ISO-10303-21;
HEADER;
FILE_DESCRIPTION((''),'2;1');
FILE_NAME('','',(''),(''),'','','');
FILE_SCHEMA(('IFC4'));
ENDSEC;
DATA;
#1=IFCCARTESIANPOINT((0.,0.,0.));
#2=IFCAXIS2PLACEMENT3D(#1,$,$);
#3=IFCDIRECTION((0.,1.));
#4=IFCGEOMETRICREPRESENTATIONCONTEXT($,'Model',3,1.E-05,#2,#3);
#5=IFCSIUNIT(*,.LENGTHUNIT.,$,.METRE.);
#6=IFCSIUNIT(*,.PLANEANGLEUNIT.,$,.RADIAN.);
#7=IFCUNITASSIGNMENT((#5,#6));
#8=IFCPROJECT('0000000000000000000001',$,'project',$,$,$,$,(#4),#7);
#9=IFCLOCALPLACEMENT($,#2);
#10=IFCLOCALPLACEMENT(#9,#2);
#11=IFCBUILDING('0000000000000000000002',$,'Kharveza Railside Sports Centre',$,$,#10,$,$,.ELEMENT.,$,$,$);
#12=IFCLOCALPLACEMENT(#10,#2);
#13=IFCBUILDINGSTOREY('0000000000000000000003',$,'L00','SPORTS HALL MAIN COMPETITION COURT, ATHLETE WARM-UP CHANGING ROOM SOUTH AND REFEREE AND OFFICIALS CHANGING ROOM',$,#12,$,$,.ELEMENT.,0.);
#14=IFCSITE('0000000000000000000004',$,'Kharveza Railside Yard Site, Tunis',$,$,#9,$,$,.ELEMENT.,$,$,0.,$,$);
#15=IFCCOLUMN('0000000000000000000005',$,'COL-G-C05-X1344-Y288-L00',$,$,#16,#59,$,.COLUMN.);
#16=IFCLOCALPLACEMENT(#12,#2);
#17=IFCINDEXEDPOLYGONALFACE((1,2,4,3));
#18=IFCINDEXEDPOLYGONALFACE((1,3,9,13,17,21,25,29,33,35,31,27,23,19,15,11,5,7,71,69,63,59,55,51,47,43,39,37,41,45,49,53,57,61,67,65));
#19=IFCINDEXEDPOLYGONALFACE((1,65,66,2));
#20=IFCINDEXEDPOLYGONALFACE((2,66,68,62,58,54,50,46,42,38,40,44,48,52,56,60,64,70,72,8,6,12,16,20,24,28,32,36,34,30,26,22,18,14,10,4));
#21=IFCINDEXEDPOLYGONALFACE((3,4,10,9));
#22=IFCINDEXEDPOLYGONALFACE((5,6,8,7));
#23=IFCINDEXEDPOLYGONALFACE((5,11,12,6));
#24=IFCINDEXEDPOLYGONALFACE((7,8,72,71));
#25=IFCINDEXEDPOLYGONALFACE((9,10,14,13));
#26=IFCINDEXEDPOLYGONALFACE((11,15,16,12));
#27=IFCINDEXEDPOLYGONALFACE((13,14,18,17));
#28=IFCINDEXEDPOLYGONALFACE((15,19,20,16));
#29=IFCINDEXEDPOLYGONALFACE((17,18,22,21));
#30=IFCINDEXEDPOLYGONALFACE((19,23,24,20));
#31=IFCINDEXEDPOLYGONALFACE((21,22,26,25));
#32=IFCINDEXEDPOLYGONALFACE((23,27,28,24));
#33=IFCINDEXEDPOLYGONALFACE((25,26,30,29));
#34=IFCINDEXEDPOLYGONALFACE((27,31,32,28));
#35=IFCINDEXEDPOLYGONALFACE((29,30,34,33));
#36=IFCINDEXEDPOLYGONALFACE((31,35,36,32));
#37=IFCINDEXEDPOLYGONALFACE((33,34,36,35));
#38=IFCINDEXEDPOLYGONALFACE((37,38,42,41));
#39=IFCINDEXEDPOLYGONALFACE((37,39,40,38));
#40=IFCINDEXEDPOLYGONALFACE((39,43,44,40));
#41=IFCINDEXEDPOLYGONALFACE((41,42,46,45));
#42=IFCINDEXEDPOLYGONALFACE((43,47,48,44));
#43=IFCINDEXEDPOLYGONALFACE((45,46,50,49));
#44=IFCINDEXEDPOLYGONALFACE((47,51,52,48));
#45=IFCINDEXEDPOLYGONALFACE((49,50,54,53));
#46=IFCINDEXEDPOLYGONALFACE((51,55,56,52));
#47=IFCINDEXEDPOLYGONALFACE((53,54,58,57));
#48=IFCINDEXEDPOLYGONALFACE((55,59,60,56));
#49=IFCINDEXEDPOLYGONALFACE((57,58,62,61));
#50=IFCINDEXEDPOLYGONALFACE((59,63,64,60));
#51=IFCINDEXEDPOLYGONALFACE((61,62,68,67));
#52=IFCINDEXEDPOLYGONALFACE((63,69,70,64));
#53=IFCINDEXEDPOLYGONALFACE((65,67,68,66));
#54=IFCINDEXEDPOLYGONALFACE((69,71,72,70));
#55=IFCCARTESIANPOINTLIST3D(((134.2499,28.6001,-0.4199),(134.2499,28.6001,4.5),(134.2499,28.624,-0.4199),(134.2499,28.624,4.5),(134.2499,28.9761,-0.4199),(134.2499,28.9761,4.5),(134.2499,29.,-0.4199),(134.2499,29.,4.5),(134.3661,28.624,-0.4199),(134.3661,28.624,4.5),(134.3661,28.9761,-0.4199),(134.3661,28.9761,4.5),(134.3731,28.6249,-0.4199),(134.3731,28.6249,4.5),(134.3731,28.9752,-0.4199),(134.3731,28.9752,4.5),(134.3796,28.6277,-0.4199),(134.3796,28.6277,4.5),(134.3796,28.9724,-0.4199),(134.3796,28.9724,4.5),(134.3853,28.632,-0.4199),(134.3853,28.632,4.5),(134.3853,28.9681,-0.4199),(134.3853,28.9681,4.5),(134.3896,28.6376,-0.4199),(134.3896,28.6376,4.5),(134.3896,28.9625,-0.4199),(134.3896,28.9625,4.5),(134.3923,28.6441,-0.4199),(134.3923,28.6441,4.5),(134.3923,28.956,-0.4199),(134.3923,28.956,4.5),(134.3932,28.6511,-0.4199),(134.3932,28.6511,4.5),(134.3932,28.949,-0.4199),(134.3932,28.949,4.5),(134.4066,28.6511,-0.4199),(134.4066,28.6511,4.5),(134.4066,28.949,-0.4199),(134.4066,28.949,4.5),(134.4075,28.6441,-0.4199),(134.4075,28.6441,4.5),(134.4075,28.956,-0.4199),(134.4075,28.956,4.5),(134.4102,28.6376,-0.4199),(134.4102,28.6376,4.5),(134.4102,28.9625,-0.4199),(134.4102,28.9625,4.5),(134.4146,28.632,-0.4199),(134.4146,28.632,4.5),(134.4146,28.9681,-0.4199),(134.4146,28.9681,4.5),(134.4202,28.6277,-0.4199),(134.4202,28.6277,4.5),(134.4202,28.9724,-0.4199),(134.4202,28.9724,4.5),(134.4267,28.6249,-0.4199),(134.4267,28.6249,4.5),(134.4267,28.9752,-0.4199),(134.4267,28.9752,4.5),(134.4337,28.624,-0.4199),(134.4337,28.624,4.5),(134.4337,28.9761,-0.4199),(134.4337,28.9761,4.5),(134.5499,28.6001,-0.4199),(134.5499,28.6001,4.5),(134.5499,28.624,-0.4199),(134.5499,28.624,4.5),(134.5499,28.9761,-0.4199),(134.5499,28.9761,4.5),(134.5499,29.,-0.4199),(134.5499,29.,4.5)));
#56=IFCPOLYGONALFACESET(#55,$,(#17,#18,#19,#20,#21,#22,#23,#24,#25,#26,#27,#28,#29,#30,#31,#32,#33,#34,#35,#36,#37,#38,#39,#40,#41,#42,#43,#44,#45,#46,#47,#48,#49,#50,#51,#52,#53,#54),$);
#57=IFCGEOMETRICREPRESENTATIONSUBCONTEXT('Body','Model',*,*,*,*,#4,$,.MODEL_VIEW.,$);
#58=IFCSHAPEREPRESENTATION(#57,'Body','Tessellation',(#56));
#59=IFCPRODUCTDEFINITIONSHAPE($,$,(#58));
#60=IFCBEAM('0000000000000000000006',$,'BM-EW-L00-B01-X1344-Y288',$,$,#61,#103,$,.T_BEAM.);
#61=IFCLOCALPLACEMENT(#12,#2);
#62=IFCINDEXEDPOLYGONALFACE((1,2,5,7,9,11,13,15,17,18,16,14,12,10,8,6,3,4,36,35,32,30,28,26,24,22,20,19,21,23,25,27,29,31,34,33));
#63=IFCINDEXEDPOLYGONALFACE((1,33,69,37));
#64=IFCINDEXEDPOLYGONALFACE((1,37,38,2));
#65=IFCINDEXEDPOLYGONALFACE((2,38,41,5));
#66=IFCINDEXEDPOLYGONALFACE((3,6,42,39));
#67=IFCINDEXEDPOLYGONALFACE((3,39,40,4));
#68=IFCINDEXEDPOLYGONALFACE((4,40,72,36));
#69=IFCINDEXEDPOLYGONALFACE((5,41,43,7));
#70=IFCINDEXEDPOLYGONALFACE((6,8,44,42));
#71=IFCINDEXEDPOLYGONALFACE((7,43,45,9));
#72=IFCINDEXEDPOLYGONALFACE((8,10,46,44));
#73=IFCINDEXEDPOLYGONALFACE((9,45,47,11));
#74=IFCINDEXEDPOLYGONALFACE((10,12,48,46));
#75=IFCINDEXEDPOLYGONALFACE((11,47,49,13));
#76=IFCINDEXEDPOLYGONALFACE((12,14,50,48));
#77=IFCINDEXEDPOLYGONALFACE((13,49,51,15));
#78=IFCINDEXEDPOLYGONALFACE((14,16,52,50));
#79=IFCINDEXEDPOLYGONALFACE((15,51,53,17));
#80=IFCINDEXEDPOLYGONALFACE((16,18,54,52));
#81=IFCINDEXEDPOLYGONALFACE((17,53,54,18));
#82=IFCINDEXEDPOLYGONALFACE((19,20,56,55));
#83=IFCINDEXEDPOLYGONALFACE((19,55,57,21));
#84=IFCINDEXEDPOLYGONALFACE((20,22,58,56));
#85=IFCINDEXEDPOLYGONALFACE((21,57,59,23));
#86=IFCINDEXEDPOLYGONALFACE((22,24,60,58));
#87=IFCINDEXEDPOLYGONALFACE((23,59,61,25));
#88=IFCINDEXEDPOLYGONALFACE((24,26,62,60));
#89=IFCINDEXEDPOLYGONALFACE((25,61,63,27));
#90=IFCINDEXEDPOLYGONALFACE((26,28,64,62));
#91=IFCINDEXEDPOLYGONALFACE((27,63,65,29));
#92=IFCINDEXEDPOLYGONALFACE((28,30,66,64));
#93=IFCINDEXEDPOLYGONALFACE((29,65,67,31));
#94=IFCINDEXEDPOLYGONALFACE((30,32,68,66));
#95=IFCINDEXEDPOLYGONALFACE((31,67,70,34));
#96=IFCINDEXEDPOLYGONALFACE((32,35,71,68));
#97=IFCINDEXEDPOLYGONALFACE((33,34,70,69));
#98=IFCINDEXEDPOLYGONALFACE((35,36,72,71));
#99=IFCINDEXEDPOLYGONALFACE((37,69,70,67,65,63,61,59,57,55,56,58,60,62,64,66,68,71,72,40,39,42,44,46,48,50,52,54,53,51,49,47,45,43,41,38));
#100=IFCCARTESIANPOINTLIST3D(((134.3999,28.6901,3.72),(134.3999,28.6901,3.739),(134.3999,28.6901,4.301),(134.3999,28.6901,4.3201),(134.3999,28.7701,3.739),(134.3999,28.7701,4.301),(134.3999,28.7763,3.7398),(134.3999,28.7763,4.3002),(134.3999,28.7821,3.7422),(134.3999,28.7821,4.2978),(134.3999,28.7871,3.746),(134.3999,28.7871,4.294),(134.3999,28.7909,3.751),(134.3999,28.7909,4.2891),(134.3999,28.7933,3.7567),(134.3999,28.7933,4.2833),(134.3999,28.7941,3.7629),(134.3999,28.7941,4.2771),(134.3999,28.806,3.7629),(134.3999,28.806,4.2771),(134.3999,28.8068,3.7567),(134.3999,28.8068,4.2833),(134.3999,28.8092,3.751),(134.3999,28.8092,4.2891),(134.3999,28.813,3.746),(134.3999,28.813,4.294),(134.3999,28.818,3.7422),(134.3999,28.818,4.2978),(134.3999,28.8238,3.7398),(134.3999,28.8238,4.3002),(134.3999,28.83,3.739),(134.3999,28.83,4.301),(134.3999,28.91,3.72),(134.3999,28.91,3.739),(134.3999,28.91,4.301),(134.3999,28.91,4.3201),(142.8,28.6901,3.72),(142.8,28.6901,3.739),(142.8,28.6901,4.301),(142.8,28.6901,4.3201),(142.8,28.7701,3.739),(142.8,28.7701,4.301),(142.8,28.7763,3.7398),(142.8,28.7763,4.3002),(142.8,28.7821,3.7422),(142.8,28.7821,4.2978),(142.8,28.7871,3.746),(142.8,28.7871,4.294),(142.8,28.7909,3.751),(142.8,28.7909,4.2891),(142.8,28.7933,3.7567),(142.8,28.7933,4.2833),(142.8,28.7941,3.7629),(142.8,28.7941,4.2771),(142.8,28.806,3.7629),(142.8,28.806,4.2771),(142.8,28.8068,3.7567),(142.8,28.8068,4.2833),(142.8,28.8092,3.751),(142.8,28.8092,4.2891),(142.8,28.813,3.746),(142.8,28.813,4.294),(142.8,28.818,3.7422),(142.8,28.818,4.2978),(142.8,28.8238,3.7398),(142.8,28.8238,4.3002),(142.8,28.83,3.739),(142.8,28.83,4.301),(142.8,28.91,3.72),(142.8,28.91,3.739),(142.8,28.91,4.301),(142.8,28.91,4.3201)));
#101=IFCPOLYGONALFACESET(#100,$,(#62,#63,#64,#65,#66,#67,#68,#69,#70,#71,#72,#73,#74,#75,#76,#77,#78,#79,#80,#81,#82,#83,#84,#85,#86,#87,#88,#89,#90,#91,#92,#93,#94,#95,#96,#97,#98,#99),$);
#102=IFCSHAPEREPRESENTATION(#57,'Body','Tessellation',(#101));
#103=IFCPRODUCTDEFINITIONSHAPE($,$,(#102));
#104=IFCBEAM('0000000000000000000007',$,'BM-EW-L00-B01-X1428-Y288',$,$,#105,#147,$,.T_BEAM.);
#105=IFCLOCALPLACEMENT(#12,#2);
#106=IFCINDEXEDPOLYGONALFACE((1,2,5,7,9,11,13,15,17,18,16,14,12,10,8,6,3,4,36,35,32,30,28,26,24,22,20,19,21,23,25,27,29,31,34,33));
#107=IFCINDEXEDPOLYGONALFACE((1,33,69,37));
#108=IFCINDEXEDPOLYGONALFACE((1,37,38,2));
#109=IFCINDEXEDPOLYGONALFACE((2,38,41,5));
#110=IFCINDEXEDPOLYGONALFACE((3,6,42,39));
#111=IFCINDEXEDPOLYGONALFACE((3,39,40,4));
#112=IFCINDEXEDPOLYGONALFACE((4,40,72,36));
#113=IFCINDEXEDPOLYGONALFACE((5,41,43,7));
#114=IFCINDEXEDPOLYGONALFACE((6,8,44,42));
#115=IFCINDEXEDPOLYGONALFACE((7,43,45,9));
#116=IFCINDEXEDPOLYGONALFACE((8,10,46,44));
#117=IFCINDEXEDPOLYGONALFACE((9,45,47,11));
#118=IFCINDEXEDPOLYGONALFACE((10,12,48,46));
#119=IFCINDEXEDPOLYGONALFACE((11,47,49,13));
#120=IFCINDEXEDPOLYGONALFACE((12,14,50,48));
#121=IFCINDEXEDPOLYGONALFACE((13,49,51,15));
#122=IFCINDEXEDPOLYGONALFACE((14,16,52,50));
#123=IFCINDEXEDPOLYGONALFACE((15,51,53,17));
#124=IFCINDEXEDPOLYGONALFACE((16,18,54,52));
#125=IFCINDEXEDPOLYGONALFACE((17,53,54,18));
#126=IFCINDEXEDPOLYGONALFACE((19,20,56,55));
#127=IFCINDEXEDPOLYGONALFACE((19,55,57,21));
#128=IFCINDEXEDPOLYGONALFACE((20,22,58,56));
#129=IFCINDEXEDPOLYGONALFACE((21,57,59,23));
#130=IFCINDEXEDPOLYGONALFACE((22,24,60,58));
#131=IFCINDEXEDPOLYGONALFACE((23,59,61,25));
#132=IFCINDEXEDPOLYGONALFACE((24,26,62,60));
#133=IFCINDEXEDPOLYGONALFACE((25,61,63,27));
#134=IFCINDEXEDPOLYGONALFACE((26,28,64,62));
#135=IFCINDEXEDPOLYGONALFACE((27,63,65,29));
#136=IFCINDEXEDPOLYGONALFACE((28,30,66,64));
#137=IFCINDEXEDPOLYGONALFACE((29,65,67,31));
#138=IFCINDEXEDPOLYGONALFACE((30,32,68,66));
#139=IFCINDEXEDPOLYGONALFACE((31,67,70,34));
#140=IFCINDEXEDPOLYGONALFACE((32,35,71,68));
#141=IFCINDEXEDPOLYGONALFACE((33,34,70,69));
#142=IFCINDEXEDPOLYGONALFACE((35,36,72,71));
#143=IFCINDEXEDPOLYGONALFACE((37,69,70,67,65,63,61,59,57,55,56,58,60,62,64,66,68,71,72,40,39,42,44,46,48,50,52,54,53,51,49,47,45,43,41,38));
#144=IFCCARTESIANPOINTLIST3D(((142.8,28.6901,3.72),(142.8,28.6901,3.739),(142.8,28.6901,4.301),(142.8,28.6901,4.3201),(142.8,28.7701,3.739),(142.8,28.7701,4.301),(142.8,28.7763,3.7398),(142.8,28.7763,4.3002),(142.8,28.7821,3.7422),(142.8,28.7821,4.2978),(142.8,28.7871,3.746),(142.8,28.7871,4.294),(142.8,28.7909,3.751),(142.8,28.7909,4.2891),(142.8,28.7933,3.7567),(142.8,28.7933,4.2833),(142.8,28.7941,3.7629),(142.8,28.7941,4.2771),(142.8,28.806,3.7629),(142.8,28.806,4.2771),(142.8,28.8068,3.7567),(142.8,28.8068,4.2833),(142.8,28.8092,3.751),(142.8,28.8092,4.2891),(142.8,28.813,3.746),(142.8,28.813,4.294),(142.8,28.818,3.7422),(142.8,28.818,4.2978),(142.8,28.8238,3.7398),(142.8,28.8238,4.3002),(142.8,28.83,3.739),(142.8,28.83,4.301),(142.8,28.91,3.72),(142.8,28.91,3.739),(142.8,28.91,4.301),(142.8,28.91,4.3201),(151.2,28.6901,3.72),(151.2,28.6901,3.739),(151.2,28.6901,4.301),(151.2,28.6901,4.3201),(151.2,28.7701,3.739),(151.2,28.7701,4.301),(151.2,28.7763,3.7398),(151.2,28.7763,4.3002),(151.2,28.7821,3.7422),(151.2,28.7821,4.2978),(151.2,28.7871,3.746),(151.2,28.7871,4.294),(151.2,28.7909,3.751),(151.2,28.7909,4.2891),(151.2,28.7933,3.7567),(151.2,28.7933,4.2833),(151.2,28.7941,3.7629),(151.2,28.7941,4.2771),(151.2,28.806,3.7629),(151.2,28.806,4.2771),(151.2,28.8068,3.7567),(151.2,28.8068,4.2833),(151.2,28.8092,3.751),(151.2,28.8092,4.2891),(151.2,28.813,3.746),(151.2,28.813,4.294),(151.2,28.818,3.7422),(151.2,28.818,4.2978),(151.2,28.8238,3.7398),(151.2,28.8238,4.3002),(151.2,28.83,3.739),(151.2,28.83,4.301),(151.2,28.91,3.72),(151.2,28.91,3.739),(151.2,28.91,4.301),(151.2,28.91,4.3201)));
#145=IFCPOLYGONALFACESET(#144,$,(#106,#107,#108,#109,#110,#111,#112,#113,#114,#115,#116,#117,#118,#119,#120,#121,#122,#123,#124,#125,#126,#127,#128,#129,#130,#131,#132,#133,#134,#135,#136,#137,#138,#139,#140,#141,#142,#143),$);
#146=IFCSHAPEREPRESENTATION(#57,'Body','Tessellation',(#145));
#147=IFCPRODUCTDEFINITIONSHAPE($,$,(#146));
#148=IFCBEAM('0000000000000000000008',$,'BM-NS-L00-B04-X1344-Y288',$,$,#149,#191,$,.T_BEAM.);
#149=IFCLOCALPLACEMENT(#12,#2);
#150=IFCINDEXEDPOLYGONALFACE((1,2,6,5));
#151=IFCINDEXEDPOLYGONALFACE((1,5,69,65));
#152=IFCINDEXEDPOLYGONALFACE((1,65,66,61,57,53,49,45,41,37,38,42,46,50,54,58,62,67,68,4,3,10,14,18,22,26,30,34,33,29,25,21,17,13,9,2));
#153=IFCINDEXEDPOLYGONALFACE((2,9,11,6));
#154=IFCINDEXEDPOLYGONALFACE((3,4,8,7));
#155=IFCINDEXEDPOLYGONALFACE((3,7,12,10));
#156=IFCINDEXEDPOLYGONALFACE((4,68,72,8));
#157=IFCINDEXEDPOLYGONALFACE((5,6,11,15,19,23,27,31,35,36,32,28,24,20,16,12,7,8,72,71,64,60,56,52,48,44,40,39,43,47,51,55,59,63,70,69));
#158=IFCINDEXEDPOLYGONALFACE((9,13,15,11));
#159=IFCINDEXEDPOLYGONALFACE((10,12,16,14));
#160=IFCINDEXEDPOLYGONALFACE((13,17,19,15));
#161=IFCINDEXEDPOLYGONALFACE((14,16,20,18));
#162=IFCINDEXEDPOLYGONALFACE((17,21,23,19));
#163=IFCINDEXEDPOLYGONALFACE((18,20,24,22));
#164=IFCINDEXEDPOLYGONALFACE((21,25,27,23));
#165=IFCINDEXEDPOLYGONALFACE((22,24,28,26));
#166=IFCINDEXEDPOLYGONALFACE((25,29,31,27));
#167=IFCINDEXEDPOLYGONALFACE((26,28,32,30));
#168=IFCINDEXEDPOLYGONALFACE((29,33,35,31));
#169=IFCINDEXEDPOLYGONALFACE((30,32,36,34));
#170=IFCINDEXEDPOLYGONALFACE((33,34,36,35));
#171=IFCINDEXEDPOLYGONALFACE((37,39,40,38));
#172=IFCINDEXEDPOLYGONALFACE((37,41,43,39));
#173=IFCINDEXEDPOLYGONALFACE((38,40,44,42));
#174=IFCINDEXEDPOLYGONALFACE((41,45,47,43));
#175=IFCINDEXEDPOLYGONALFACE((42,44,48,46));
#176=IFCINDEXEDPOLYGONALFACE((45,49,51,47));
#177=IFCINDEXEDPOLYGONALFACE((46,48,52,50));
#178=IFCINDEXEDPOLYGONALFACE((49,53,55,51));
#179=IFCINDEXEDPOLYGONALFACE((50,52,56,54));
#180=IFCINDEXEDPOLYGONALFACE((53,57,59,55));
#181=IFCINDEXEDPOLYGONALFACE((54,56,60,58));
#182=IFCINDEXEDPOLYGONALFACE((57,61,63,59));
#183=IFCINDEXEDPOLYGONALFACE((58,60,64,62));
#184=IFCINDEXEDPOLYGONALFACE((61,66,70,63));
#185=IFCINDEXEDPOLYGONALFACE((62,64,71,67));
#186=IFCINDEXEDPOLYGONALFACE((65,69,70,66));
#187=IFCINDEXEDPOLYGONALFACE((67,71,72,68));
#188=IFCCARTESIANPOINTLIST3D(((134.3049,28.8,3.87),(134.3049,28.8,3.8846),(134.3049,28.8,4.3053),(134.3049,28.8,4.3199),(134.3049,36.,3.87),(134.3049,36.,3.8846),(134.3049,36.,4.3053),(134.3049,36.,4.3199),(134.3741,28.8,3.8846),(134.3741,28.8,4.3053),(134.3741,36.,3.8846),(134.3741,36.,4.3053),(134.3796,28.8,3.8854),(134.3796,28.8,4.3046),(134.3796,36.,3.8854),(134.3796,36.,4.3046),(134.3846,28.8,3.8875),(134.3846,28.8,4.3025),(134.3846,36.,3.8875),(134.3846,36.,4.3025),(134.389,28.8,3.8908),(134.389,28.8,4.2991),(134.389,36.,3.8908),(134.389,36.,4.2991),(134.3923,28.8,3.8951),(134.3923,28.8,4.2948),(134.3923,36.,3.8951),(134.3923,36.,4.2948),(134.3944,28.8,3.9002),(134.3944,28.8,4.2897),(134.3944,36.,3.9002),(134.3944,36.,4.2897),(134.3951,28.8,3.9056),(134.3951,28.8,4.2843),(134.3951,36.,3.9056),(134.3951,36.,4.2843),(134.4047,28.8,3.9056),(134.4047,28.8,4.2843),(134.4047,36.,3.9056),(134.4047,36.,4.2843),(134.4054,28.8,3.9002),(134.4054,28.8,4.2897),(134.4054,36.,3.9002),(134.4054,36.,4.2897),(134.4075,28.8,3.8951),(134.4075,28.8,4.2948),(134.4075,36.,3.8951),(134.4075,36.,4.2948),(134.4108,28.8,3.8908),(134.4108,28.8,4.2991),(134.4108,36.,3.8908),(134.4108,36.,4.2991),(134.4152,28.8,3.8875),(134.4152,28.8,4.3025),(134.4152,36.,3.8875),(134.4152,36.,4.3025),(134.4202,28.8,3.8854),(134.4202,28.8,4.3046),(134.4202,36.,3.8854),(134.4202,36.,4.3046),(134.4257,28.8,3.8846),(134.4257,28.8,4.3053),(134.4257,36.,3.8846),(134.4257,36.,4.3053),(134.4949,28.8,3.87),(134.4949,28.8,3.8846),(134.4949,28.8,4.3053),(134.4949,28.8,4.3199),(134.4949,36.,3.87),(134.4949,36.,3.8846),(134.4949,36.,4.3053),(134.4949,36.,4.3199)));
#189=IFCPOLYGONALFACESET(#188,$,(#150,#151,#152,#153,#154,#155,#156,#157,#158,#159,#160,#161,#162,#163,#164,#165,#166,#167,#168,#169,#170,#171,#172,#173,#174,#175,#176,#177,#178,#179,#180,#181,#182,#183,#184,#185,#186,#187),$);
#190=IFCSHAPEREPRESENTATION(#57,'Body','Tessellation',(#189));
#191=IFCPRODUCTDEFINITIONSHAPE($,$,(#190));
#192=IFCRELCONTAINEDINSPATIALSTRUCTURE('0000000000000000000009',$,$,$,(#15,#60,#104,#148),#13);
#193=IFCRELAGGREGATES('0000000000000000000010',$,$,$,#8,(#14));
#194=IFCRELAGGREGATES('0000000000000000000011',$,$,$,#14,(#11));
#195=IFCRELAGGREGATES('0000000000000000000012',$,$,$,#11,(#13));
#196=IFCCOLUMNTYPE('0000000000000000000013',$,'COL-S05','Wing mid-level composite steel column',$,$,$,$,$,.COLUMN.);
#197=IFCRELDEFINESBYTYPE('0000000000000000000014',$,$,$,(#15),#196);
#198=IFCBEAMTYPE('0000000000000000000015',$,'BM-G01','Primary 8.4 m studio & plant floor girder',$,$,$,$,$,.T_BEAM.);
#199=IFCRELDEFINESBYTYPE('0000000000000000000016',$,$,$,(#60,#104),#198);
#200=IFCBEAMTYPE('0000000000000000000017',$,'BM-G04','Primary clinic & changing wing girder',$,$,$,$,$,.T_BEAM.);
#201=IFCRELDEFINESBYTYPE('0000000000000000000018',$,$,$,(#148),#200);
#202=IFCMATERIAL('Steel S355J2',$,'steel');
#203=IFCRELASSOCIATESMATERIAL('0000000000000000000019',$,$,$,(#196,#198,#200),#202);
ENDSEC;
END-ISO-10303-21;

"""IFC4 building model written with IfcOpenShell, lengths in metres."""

from ifc_helpers import new_model, si_unit, direction, frame, origin, origin_2d, place, context, subcontext, project, spatial, i_section, extrude, material, material_profile, profile_set, type_object, element, save


model = new_model("IFC4")

# Units and contexts
model_context = context("Model", 3, precision=1e-05, world=origin(), true_north=direction((0.0, 1.0)))
body_context = subcontext(model_context, "Body", "Model", "MODEL_VIEW")
ifc_project = project(units=[si_unit("LENGTHUNIT", "METRE"), si_unit("PLANEANGLEUNIT", "RADIAN")], contexts=[model_context])

# Site, building, storey
site_placement = place(None, origin())
site = spatial("IfcSite", under=ifc_project, at=site_placement, Name="Kharveza Railside Yard Site, Tunis", CompositionType="ELEMENT", RefElevation=0.0)
building_placement = place(site_placement, origin())
building = spatial("IfcBuilding", under=site, at=building_placement, Name="Kharveza Railside Sports Centre", CompositionType="ELEMENT")
storey_placement = place(building_placement, origin())
storey = spatial("IfcBuildingStorey", under=building, at=storey_placement, Name="L00", Description="SPORTS HALL MAIN COMPETITION COURT, ATHLETE WARM-UP CHANGING ROOM SOUTH AND REFEREE AND OFFICIALS CHANGING ROOM", CompositionType="ELEMENT", Elevation=0.0)

# Column
ifc_material_1 = material(Name="Steel S355J2", Category="steel")
ifc_material_profile_1 = material_profile(ifc_material_1, i_section(OverallWidth=0.3, OverallDepth=0.3999, WebThickness=0.0134, FlangeThickness=0.0239, FilletRadius=0.0271, at=origin_2d()), Name="HEB 400")
ifc_profile_set_1 = profile_set([ifc_material_profile_1], Name="Steel S355J2")
column_type_1 = type_object("IfcColumnType", Name="COL-S05", Description="Wing mid-level composite steel column", PredefinedType="COLUMN", material=ifc_profile_set_1)
column_1_placement = place(storey_placement, frame((134.3999, 28.8, -0.4199), z_axis=(0.0, 0.0, 1.0), x_axis=(1.0, 0.0, 0.0)))
element("IfcColumn", 1, at=column_1_placement, inside=storey, type_object=column_type_1, Name="COL-G-C05-X1344-Y288-L00", PredefinedType="COLUMN", context=body_context, shape_type="SweptSolid", body=[
    extrude(i_section(OverallWidth=0.3, OverallDepth=0.3999, WebThickness=0.0134, FlangeThickness=0.0239, FilletRadius=0.0271, at=origin_2d()), origin(), (0.0, 0.0, 1.0), 4.9199),
])

# Beams
ifc_material_profile_2 = material_profile(ifc_material_1, i_section(OverallWidth=0.22, OverallDepth=0.6001, WebThickness=0.012, FlangeThickness=0.019, FilletRadius=0.0239, at=origin_2d()), Name="IPE 600")
ifc_profile_set_2 = profile_set([ifc_material_profile_2], Name="Steel S355J2")
beam_type_1 = type_object("IfcBeamType", Name="BM-G01", Description="Primary 8.4 m studio & plant floor girder", PredefinedType="T_BEAM", material=ifc_profile_set_2)
beam_1_placement = place(storey_placement, frame((134.3999, 28.8, 4.02), z_axis=(1.0, 0.0, 0.0), x_axis=(0.0, 1.0, 0.0)))
element("IfcBeam", 2, at=beam_1_placement, inside=storey, type_object=beam_type_1, Name="BM-EW-L00-B01-X1344-Y288", PredefinedType="T_BEAM", context=body_context, shape_type="SweptSolid", body=[
    extrude(i_section(OverallWidth=0.22, OverallDepth=0.6001, WebThickness=0.012, FlangeThickness=0.019, FilletRadius=0.0239, at=origin_2d()), origin(), (0.0, 0.0, 1.0), 8.4001),
])
beam_2_placement = place(storey_placement, frame((142.8, 28.8, 4.02), z_axis=(1.0, 0.0, 0.0), x_axis=(0.0, 1.0, 0.0)))
element("IfcBeam", 3, at=beam_2_placement, inside=storey, type_object=beam_type_1, Name="BM-EW-L00-B01-X1428-Y288", PredefinedType="T_BEAM", context=body_context, shape_type="SweptSolid", body=[
    extrude(i_section(OverallWidth=0.22, OverallDepth=0.6001, WebThickness=0.012, FlangeThickness=0.019, FilletRadius=0.0239, at=origin_2d()), origin(), (0.0, 0.0, 1.0), 8.3999),
])
ifc_material_profile_3 = material_profile(ifc_material_1, i_section(OverallWidth=0.1899, OverallDepth=0.45, WebThickness=0.0095, FlangeThickness=0.0146, FilletRadius=0.021, at=origin_2d()), Name="IPE 450")
ifc_profile_set_3 = profile_set([ifc_material_profile_3], Name="Steel S355J2")
beam_type_2 = type_object("IfcBeamType", Name="BM-G04", Description="Primary clinic & changing wing girder", PredefinedType="T_BEAM", material=ifc_profile_set_3)
beam_3_placement = place(storey_placement, frame((134.3999, 28.8, 4.095), z_axis=(0.0, 1.0, 0.0), x_axis=(-1.0, 0.0, 0.0)))
element("IfcBeam", 4, at=beam_3_placement, inside=storey, type_object=beam_type_2, Name="BM-NS-L00-B04-X1344-Y288", PredefinedType="T_BEAM", context=body_context, shape_type="SweptSolid", body=[
    extrude(i_section(OverallWidth=0.1899, OverallDepth=0.45, WebThickness=0.0095, FlangeThickness=0.0146, FilletRadius=0.021, at=origin_2d()), origin(), (0.0, 0.0, 1.0), 7.2),
])

save(model, "model.ifc")
